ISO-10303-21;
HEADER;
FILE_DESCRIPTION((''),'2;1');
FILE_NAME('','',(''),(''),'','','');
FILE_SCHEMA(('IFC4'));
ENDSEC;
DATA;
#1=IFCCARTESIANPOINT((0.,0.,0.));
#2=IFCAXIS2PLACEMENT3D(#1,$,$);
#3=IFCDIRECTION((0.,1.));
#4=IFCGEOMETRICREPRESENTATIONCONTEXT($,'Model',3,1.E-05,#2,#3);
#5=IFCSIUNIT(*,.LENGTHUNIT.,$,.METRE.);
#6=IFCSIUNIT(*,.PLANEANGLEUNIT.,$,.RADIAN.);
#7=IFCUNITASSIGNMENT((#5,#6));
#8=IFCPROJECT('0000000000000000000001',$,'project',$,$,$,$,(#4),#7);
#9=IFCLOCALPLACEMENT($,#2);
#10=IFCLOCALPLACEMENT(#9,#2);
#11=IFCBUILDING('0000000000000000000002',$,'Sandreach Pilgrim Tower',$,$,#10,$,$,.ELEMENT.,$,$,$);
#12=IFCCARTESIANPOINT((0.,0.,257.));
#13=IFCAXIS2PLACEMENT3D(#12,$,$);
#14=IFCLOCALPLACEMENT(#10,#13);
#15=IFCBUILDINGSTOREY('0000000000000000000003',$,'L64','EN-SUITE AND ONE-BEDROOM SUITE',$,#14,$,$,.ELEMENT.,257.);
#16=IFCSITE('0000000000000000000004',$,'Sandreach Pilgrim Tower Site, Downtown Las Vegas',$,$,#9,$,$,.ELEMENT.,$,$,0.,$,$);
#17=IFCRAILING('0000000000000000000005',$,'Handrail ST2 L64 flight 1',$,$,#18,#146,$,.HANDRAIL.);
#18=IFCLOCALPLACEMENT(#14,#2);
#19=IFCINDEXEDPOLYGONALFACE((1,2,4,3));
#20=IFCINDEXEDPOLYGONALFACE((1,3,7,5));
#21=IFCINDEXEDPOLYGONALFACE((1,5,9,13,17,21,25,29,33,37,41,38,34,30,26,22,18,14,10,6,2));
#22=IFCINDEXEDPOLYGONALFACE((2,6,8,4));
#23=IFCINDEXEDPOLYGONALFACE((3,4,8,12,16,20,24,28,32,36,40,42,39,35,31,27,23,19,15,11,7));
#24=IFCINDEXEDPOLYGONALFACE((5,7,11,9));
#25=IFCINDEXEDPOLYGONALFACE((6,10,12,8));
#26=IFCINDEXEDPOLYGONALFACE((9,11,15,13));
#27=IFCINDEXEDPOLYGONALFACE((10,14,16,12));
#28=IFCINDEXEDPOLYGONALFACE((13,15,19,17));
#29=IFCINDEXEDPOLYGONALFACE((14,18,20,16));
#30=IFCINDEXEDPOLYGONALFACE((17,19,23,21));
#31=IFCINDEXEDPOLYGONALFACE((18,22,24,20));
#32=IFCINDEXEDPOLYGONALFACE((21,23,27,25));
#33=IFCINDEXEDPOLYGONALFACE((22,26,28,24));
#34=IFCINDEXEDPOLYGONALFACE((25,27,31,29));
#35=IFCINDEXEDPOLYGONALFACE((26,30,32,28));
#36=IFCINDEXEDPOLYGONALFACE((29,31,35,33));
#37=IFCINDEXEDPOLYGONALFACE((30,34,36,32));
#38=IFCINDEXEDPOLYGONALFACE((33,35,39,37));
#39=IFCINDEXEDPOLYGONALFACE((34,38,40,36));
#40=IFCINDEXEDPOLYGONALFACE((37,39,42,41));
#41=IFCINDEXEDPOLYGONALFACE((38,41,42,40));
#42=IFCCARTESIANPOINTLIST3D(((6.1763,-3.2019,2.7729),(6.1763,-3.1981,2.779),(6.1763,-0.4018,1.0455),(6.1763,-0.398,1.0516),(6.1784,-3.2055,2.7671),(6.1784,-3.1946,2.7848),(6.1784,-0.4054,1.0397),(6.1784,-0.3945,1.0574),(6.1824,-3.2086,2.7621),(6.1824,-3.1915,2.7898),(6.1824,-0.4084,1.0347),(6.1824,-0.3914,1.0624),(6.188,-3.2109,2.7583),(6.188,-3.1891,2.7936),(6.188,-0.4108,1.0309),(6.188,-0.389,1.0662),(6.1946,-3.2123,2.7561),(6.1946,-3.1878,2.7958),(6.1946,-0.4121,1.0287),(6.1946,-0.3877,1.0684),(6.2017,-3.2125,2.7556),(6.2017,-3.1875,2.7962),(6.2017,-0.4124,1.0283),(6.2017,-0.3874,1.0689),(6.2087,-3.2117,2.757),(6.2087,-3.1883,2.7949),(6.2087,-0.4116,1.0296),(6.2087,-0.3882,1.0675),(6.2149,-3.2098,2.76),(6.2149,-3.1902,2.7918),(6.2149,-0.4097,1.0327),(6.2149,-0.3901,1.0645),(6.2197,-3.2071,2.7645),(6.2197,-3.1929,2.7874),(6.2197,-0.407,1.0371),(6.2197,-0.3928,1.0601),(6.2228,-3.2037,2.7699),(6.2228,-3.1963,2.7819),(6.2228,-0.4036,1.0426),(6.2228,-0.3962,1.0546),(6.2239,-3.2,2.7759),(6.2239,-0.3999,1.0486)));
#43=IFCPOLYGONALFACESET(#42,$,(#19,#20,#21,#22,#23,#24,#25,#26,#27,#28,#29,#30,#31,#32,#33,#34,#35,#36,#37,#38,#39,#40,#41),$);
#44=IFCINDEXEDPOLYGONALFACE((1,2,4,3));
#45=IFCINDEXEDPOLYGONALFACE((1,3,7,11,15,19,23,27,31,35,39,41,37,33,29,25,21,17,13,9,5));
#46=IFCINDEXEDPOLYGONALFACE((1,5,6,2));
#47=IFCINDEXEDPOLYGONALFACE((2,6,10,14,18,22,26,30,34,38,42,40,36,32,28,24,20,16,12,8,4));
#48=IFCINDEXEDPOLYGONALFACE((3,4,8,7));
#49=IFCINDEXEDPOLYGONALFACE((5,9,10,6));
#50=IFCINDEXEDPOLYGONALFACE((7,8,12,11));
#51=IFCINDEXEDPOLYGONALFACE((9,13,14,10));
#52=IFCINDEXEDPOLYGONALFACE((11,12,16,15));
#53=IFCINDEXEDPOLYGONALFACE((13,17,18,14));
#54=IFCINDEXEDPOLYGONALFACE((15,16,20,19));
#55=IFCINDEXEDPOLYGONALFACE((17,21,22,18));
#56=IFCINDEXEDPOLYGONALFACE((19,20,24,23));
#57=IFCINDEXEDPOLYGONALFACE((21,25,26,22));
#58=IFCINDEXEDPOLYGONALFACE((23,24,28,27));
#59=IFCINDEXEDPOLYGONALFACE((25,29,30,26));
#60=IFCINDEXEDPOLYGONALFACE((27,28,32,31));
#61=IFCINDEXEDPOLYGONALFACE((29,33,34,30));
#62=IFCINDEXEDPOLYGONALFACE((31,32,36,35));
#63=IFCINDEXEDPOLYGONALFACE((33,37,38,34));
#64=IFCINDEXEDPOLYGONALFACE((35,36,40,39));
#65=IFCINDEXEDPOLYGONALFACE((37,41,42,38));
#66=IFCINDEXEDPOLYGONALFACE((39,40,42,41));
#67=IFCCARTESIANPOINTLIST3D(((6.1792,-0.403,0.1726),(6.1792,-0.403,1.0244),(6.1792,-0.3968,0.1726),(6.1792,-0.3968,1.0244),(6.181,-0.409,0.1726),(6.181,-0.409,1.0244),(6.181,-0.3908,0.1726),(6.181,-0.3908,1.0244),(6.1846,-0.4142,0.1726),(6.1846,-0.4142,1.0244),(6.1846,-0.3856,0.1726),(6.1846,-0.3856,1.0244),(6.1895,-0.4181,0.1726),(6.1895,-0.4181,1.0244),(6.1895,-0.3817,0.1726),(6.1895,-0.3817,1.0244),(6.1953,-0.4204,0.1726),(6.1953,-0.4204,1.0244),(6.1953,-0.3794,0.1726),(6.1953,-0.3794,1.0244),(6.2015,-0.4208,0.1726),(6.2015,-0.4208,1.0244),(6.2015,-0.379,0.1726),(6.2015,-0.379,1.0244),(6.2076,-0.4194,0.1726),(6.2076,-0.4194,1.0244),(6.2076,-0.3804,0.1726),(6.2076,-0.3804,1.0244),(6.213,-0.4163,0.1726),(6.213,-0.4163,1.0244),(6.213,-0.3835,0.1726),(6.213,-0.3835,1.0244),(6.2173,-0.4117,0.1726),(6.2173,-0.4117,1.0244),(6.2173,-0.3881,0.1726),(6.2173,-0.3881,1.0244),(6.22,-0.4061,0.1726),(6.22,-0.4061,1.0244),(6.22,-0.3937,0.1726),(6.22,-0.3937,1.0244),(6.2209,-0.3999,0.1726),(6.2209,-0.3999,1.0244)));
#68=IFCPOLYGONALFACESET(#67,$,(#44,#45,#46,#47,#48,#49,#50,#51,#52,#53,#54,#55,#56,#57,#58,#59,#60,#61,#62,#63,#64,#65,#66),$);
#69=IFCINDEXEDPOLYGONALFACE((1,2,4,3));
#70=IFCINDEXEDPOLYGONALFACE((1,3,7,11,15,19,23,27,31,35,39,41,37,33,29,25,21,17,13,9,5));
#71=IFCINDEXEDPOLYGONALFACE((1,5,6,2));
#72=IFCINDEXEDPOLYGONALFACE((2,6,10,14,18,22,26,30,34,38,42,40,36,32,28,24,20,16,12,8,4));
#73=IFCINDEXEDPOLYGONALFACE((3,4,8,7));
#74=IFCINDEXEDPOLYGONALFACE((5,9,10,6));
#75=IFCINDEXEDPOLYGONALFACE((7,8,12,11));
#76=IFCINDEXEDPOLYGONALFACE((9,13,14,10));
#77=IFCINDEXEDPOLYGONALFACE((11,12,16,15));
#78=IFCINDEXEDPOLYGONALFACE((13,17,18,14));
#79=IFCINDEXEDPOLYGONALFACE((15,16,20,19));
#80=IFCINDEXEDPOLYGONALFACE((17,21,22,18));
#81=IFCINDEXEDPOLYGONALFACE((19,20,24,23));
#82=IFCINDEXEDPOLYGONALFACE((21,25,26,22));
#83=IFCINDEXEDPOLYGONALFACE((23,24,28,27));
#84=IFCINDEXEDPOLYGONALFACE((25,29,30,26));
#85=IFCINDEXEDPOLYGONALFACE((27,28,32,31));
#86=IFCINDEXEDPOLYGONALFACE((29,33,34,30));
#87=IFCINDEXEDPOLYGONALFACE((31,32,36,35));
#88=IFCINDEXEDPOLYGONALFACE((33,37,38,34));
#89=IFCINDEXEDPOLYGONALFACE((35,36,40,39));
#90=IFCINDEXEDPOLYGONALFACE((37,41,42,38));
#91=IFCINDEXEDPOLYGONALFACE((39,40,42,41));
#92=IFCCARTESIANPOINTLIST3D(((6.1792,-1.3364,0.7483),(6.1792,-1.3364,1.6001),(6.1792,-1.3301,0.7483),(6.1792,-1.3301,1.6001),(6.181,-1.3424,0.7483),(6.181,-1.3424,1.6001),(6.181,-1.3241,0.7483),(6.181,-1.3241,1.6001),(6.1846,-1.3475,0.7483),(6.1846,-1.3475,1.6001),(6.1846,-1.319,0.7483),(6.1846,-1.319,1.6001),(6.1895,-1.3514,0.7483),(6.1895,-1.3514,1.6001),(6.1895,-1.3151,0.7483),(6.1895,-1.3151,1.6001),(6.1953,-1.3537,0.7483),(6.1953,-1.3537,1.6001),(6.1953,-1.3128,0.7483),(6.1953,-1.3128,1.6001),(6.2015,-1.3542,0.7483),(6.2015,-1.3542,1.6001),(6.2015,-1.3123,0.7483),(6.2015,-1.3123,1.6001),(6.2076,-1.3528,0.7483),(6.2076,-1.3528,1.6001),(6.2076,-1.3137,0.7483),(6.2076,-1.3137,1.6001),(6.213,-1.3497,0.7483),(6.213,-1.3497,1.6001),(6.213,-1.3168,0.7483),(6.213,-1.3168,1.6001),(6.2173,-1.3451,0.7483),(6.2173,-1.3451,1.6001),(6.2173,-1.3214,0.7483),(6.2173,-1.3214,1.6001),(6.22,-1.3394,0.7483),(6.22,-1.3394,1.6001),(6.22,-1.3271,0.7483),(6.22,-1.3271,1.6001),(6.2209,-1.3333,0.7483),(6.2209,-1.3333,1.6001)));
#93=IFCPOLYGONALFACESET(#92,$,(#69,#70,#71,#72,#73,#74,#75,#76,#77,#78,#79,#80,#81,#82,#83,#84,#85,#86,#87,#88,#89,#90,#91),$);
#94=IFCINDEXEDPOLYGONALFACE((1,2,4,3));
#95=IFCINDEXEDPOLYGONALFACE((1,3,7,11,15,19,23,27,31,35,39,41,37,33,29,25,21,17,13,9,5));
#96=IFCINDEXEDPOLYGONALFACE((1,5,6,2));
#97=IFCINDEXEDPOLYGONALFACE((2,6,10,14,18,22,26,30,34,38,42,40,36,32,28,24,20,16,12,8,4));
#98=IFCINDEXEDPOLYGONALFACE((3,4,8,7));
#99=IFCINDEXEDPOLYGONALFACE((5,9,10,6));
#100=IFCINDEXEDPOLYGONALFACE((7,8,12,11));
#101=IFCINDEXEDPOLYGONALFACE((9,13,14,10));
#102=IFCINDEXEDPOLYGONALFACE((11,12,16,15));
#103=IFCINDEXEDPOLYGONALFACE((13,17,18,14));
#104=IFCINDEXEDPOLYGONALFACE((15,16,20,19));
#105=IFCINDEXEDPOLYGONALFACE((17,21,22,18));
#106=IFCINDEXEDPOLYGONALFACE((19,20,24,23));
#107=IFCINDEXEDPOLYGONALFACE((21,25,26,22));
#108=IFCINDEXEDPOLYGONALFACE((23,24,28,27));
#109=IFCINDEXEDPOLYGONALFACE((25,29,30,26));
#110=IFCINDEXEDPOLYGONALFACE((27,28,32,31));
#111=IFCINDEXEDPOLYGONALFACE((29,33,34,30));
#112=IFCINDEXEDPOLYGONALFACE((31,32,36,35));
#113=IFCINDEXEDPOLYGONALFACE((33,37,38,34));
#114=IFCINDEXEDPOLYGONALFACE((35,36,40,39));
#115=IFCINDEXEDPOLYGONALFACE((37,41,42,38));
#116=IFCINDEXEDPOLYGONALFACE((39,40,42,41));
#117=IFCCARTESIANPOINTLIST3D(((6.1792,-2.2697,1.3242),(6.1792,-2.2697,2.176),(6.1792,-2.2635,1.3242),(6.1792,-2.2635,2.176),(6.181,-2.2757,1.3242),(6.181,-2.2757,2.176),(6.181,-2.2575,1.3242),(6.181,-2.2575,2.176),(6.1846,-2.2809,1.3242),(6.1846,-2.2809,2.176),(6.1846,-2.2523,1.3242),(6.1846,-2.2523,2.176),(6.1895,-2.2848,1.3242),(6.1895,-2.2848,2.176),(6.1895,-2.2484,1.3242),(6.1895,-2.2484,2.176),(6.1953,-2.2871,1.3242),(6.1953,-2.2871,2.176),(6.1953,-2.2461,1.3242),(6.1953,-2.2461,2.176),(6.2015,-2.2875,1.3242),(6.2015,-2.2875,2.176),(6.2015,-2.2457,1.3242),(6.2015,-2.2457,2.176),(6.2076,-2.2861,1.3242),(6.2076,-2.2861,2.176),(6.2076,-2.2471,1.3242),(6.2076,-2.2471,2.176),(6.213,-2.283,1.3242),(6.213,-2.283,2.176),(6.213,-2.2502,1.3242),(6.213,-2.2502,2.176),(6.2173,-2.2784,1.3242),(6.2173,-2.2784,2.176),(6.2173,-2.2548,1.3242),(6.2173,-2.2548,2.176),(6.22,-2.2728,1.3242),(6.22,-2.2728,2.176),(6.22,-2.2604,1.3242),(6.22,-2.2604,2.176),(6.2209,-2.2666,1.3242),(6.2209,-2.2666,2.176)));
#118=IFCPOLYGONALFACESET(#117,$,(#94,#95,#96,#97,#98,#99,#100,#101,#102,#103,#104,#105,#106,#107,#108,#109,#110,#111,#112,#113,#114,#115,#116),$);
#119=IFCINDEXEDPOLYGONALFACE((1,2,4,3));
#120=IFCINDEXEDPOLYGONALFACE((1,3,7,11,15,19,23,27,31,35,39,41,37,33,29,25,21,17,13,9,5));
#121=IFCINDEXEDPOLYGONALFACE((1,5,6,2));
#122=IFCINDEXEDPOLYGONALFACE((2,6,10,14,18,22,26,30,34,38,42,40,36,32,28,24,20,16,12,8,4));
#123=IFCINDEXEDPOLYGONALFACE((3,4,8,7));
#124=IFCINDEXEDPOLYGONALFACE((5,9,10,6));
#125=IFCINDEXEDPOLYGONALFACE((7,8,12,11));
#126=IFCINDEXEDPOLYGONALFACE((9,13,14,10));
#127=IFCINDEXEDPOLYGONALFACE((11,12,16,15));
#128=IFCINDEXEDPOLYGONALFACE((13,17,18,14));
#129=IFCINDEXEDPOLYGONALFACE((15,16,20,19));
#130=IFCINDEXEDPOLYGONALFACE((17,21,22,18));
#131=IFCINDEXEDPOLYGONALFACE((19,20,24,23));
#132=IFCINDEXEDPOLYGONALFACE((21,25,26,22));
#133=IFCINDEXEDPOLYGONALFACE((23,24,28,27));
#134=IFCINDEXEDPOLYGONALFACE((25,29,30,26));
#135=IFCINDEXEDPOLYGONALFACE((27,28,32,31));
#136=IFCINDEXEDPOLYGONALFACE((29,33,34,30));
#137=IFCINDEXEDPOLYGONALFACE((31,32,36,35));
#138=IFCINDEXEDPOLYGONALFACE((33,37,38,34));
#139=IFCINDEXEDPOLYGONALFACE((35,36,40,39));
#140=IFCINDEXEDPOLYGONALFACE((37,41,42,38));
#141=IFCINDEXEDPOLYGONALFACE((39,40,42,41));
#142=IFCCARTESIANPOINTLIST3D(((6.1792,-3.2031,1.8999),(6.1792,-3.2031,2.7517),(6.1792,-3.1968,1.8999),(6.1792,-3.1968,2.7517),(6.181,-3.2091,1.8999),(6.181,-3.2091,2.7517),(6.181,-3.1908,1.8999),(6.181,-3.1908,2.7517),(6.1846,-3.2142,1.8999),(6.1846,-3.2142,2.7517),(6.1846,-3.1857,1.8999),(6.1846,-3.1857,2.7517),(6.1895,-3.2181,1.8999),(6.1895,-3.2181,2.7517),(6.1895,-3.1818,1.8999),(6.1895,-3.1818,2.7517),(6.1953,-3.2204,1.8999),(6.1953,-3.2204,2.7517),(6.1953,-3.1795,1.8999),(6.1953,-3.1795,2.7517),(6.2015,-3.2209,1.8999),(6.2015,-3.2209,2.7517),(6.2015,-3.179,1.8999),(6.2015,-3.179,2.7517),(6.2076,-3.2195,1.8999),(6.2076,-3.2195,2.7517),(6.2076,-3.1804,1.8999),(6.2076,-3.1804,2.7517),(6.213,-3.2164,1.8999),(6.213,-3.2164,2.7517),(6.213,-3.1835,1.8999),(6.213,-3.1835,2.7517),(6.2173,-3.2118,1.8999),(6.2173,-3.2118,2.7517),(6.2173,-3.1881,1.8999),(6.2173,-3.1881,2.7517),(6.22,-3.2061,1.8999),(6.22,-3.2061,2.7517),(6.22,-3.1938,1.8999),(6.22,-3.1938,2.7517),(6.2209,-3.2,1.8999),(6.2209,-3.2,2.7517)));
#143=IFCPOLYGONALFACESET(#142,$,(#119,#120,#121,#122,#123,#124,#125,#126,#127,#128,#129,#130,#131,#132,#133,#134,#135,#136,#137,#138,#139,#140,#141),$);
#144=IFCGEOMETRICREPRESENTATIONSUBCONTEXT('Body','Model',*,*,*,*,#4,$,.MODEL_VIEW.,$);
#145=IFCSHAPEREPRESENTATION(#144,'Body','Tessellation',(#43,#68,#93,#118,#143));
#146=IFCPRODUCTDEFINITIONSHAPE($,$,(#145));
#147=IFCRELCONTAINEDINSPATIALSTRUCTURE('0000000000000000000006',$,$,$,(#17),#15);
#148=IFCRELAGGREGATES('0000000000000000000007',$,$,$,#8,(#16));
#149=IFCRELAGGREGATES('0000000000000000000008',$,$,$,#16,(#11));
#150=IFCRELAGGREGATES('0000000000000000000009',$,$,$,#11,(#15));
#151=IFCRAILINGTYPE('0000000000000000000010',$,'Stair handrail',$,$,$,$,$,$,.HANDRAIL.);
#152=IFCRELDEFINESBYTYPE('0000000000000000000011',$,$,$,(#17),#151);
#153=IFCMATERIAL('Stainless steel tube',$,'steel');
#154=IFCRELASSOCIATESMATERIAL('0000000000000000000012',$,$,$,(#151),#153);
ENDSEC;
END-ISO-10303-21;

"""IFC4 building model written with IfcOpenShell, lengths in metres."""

from ifc_helpers import new_model, si_unit, direction, frame, origin, origin_2d, place, context, subcontext, project, spatial, circle, extrude, material, type_object, element, save


model = new_model("IFC4")

# Units and contexts
model_context = context("Model", 3, precision=1e-05, world=origin(), true_north=direction((0.0, 1.0)))
body_context = subcontext(model_context, "Body", "Model", "MODEL_VIEW")
ifc_project = project(units=[si_unit("LENGTHUNIT", "METRE"), si_unit("PLANEANGLEUNIT", "RADIAN")], contexts=[model_context])

# Site, building, storey
site_placement = place(None, origin())
site = spatial("IfcSite", under=ifc_project, at=site_placement, Name="Sandreach Pilgrim Tower Site, Downtown Las Vegas", CompositionType="ELEMENT", RefElevation=0.0)
building_placement = place(site_placement, origin())
building = spatial("IfcBuilding", under=site, at=building_placement, Name="Sandreach Pilgrim Tower", CompositionType="ELEMENT")
storey_placement = place(building_placement, frame((0.0, 0.0, 257.0)))
storey = spatial("IfcBuildingStorey", under=building, at=storey_placement, Name="L64", Description="EN-SUITE AND ONE-BEDROOM SUITE", CompositionType="ELEMENT", Elevation=257.0)

# Railing
ifc_material_1 = material(Name="Stainless steel tube", Category="steel")
railing_type = type_object("IfcRailingType", Name="Stair handrail", PredefinedType="HANDRAIL", material=ifc_material_1)
for number, where, name in (
    (1, (6.2, -0.3999, 0.1726), "Handrail ST2 L64 flight 1"),
):
    element("IfcRailing", number, at=place(storey_placement, frame(where)), inside=storey, type_object=railing_type, Name=name, PredefinedType="HANDRAIL", context=body_context, shape_type="SweptSolid", body=[
        extrude(circle(Radius=0.0239, at=origin_2d()), frame((0.0, 0.0, 0.876), z_axis=(0.0, -0.85109, 0.52502), x_axis=(1.0, 0.0, 0.0)), (0.0, 0.0, 1.0), 3.29),
        extrude(circle(Radius=0.021, at=origin_2d()), origin(), (0.0, 0.0, 1.0), 0.8518),
        extrude(circle(Radius=0.021, at=origin_2d()), frame((0.0, -0.9333, 0.5757)), (0.0, 0.0, 1.0), 0.8518),
        extrude(circle(Radius=0.021, at=origin_2d()), frame((0.0, -1.8667, 1.1516)), (0.0, 0.0, 1.0), 0.8518),
        extrude(circle(Radius=0.021, at=origin_2d()), frame((0.0, -2.8, 1.7273)), (0.0, 0.0, 1.0), 0.8518),
    ])

save(model, "model.ifc")
